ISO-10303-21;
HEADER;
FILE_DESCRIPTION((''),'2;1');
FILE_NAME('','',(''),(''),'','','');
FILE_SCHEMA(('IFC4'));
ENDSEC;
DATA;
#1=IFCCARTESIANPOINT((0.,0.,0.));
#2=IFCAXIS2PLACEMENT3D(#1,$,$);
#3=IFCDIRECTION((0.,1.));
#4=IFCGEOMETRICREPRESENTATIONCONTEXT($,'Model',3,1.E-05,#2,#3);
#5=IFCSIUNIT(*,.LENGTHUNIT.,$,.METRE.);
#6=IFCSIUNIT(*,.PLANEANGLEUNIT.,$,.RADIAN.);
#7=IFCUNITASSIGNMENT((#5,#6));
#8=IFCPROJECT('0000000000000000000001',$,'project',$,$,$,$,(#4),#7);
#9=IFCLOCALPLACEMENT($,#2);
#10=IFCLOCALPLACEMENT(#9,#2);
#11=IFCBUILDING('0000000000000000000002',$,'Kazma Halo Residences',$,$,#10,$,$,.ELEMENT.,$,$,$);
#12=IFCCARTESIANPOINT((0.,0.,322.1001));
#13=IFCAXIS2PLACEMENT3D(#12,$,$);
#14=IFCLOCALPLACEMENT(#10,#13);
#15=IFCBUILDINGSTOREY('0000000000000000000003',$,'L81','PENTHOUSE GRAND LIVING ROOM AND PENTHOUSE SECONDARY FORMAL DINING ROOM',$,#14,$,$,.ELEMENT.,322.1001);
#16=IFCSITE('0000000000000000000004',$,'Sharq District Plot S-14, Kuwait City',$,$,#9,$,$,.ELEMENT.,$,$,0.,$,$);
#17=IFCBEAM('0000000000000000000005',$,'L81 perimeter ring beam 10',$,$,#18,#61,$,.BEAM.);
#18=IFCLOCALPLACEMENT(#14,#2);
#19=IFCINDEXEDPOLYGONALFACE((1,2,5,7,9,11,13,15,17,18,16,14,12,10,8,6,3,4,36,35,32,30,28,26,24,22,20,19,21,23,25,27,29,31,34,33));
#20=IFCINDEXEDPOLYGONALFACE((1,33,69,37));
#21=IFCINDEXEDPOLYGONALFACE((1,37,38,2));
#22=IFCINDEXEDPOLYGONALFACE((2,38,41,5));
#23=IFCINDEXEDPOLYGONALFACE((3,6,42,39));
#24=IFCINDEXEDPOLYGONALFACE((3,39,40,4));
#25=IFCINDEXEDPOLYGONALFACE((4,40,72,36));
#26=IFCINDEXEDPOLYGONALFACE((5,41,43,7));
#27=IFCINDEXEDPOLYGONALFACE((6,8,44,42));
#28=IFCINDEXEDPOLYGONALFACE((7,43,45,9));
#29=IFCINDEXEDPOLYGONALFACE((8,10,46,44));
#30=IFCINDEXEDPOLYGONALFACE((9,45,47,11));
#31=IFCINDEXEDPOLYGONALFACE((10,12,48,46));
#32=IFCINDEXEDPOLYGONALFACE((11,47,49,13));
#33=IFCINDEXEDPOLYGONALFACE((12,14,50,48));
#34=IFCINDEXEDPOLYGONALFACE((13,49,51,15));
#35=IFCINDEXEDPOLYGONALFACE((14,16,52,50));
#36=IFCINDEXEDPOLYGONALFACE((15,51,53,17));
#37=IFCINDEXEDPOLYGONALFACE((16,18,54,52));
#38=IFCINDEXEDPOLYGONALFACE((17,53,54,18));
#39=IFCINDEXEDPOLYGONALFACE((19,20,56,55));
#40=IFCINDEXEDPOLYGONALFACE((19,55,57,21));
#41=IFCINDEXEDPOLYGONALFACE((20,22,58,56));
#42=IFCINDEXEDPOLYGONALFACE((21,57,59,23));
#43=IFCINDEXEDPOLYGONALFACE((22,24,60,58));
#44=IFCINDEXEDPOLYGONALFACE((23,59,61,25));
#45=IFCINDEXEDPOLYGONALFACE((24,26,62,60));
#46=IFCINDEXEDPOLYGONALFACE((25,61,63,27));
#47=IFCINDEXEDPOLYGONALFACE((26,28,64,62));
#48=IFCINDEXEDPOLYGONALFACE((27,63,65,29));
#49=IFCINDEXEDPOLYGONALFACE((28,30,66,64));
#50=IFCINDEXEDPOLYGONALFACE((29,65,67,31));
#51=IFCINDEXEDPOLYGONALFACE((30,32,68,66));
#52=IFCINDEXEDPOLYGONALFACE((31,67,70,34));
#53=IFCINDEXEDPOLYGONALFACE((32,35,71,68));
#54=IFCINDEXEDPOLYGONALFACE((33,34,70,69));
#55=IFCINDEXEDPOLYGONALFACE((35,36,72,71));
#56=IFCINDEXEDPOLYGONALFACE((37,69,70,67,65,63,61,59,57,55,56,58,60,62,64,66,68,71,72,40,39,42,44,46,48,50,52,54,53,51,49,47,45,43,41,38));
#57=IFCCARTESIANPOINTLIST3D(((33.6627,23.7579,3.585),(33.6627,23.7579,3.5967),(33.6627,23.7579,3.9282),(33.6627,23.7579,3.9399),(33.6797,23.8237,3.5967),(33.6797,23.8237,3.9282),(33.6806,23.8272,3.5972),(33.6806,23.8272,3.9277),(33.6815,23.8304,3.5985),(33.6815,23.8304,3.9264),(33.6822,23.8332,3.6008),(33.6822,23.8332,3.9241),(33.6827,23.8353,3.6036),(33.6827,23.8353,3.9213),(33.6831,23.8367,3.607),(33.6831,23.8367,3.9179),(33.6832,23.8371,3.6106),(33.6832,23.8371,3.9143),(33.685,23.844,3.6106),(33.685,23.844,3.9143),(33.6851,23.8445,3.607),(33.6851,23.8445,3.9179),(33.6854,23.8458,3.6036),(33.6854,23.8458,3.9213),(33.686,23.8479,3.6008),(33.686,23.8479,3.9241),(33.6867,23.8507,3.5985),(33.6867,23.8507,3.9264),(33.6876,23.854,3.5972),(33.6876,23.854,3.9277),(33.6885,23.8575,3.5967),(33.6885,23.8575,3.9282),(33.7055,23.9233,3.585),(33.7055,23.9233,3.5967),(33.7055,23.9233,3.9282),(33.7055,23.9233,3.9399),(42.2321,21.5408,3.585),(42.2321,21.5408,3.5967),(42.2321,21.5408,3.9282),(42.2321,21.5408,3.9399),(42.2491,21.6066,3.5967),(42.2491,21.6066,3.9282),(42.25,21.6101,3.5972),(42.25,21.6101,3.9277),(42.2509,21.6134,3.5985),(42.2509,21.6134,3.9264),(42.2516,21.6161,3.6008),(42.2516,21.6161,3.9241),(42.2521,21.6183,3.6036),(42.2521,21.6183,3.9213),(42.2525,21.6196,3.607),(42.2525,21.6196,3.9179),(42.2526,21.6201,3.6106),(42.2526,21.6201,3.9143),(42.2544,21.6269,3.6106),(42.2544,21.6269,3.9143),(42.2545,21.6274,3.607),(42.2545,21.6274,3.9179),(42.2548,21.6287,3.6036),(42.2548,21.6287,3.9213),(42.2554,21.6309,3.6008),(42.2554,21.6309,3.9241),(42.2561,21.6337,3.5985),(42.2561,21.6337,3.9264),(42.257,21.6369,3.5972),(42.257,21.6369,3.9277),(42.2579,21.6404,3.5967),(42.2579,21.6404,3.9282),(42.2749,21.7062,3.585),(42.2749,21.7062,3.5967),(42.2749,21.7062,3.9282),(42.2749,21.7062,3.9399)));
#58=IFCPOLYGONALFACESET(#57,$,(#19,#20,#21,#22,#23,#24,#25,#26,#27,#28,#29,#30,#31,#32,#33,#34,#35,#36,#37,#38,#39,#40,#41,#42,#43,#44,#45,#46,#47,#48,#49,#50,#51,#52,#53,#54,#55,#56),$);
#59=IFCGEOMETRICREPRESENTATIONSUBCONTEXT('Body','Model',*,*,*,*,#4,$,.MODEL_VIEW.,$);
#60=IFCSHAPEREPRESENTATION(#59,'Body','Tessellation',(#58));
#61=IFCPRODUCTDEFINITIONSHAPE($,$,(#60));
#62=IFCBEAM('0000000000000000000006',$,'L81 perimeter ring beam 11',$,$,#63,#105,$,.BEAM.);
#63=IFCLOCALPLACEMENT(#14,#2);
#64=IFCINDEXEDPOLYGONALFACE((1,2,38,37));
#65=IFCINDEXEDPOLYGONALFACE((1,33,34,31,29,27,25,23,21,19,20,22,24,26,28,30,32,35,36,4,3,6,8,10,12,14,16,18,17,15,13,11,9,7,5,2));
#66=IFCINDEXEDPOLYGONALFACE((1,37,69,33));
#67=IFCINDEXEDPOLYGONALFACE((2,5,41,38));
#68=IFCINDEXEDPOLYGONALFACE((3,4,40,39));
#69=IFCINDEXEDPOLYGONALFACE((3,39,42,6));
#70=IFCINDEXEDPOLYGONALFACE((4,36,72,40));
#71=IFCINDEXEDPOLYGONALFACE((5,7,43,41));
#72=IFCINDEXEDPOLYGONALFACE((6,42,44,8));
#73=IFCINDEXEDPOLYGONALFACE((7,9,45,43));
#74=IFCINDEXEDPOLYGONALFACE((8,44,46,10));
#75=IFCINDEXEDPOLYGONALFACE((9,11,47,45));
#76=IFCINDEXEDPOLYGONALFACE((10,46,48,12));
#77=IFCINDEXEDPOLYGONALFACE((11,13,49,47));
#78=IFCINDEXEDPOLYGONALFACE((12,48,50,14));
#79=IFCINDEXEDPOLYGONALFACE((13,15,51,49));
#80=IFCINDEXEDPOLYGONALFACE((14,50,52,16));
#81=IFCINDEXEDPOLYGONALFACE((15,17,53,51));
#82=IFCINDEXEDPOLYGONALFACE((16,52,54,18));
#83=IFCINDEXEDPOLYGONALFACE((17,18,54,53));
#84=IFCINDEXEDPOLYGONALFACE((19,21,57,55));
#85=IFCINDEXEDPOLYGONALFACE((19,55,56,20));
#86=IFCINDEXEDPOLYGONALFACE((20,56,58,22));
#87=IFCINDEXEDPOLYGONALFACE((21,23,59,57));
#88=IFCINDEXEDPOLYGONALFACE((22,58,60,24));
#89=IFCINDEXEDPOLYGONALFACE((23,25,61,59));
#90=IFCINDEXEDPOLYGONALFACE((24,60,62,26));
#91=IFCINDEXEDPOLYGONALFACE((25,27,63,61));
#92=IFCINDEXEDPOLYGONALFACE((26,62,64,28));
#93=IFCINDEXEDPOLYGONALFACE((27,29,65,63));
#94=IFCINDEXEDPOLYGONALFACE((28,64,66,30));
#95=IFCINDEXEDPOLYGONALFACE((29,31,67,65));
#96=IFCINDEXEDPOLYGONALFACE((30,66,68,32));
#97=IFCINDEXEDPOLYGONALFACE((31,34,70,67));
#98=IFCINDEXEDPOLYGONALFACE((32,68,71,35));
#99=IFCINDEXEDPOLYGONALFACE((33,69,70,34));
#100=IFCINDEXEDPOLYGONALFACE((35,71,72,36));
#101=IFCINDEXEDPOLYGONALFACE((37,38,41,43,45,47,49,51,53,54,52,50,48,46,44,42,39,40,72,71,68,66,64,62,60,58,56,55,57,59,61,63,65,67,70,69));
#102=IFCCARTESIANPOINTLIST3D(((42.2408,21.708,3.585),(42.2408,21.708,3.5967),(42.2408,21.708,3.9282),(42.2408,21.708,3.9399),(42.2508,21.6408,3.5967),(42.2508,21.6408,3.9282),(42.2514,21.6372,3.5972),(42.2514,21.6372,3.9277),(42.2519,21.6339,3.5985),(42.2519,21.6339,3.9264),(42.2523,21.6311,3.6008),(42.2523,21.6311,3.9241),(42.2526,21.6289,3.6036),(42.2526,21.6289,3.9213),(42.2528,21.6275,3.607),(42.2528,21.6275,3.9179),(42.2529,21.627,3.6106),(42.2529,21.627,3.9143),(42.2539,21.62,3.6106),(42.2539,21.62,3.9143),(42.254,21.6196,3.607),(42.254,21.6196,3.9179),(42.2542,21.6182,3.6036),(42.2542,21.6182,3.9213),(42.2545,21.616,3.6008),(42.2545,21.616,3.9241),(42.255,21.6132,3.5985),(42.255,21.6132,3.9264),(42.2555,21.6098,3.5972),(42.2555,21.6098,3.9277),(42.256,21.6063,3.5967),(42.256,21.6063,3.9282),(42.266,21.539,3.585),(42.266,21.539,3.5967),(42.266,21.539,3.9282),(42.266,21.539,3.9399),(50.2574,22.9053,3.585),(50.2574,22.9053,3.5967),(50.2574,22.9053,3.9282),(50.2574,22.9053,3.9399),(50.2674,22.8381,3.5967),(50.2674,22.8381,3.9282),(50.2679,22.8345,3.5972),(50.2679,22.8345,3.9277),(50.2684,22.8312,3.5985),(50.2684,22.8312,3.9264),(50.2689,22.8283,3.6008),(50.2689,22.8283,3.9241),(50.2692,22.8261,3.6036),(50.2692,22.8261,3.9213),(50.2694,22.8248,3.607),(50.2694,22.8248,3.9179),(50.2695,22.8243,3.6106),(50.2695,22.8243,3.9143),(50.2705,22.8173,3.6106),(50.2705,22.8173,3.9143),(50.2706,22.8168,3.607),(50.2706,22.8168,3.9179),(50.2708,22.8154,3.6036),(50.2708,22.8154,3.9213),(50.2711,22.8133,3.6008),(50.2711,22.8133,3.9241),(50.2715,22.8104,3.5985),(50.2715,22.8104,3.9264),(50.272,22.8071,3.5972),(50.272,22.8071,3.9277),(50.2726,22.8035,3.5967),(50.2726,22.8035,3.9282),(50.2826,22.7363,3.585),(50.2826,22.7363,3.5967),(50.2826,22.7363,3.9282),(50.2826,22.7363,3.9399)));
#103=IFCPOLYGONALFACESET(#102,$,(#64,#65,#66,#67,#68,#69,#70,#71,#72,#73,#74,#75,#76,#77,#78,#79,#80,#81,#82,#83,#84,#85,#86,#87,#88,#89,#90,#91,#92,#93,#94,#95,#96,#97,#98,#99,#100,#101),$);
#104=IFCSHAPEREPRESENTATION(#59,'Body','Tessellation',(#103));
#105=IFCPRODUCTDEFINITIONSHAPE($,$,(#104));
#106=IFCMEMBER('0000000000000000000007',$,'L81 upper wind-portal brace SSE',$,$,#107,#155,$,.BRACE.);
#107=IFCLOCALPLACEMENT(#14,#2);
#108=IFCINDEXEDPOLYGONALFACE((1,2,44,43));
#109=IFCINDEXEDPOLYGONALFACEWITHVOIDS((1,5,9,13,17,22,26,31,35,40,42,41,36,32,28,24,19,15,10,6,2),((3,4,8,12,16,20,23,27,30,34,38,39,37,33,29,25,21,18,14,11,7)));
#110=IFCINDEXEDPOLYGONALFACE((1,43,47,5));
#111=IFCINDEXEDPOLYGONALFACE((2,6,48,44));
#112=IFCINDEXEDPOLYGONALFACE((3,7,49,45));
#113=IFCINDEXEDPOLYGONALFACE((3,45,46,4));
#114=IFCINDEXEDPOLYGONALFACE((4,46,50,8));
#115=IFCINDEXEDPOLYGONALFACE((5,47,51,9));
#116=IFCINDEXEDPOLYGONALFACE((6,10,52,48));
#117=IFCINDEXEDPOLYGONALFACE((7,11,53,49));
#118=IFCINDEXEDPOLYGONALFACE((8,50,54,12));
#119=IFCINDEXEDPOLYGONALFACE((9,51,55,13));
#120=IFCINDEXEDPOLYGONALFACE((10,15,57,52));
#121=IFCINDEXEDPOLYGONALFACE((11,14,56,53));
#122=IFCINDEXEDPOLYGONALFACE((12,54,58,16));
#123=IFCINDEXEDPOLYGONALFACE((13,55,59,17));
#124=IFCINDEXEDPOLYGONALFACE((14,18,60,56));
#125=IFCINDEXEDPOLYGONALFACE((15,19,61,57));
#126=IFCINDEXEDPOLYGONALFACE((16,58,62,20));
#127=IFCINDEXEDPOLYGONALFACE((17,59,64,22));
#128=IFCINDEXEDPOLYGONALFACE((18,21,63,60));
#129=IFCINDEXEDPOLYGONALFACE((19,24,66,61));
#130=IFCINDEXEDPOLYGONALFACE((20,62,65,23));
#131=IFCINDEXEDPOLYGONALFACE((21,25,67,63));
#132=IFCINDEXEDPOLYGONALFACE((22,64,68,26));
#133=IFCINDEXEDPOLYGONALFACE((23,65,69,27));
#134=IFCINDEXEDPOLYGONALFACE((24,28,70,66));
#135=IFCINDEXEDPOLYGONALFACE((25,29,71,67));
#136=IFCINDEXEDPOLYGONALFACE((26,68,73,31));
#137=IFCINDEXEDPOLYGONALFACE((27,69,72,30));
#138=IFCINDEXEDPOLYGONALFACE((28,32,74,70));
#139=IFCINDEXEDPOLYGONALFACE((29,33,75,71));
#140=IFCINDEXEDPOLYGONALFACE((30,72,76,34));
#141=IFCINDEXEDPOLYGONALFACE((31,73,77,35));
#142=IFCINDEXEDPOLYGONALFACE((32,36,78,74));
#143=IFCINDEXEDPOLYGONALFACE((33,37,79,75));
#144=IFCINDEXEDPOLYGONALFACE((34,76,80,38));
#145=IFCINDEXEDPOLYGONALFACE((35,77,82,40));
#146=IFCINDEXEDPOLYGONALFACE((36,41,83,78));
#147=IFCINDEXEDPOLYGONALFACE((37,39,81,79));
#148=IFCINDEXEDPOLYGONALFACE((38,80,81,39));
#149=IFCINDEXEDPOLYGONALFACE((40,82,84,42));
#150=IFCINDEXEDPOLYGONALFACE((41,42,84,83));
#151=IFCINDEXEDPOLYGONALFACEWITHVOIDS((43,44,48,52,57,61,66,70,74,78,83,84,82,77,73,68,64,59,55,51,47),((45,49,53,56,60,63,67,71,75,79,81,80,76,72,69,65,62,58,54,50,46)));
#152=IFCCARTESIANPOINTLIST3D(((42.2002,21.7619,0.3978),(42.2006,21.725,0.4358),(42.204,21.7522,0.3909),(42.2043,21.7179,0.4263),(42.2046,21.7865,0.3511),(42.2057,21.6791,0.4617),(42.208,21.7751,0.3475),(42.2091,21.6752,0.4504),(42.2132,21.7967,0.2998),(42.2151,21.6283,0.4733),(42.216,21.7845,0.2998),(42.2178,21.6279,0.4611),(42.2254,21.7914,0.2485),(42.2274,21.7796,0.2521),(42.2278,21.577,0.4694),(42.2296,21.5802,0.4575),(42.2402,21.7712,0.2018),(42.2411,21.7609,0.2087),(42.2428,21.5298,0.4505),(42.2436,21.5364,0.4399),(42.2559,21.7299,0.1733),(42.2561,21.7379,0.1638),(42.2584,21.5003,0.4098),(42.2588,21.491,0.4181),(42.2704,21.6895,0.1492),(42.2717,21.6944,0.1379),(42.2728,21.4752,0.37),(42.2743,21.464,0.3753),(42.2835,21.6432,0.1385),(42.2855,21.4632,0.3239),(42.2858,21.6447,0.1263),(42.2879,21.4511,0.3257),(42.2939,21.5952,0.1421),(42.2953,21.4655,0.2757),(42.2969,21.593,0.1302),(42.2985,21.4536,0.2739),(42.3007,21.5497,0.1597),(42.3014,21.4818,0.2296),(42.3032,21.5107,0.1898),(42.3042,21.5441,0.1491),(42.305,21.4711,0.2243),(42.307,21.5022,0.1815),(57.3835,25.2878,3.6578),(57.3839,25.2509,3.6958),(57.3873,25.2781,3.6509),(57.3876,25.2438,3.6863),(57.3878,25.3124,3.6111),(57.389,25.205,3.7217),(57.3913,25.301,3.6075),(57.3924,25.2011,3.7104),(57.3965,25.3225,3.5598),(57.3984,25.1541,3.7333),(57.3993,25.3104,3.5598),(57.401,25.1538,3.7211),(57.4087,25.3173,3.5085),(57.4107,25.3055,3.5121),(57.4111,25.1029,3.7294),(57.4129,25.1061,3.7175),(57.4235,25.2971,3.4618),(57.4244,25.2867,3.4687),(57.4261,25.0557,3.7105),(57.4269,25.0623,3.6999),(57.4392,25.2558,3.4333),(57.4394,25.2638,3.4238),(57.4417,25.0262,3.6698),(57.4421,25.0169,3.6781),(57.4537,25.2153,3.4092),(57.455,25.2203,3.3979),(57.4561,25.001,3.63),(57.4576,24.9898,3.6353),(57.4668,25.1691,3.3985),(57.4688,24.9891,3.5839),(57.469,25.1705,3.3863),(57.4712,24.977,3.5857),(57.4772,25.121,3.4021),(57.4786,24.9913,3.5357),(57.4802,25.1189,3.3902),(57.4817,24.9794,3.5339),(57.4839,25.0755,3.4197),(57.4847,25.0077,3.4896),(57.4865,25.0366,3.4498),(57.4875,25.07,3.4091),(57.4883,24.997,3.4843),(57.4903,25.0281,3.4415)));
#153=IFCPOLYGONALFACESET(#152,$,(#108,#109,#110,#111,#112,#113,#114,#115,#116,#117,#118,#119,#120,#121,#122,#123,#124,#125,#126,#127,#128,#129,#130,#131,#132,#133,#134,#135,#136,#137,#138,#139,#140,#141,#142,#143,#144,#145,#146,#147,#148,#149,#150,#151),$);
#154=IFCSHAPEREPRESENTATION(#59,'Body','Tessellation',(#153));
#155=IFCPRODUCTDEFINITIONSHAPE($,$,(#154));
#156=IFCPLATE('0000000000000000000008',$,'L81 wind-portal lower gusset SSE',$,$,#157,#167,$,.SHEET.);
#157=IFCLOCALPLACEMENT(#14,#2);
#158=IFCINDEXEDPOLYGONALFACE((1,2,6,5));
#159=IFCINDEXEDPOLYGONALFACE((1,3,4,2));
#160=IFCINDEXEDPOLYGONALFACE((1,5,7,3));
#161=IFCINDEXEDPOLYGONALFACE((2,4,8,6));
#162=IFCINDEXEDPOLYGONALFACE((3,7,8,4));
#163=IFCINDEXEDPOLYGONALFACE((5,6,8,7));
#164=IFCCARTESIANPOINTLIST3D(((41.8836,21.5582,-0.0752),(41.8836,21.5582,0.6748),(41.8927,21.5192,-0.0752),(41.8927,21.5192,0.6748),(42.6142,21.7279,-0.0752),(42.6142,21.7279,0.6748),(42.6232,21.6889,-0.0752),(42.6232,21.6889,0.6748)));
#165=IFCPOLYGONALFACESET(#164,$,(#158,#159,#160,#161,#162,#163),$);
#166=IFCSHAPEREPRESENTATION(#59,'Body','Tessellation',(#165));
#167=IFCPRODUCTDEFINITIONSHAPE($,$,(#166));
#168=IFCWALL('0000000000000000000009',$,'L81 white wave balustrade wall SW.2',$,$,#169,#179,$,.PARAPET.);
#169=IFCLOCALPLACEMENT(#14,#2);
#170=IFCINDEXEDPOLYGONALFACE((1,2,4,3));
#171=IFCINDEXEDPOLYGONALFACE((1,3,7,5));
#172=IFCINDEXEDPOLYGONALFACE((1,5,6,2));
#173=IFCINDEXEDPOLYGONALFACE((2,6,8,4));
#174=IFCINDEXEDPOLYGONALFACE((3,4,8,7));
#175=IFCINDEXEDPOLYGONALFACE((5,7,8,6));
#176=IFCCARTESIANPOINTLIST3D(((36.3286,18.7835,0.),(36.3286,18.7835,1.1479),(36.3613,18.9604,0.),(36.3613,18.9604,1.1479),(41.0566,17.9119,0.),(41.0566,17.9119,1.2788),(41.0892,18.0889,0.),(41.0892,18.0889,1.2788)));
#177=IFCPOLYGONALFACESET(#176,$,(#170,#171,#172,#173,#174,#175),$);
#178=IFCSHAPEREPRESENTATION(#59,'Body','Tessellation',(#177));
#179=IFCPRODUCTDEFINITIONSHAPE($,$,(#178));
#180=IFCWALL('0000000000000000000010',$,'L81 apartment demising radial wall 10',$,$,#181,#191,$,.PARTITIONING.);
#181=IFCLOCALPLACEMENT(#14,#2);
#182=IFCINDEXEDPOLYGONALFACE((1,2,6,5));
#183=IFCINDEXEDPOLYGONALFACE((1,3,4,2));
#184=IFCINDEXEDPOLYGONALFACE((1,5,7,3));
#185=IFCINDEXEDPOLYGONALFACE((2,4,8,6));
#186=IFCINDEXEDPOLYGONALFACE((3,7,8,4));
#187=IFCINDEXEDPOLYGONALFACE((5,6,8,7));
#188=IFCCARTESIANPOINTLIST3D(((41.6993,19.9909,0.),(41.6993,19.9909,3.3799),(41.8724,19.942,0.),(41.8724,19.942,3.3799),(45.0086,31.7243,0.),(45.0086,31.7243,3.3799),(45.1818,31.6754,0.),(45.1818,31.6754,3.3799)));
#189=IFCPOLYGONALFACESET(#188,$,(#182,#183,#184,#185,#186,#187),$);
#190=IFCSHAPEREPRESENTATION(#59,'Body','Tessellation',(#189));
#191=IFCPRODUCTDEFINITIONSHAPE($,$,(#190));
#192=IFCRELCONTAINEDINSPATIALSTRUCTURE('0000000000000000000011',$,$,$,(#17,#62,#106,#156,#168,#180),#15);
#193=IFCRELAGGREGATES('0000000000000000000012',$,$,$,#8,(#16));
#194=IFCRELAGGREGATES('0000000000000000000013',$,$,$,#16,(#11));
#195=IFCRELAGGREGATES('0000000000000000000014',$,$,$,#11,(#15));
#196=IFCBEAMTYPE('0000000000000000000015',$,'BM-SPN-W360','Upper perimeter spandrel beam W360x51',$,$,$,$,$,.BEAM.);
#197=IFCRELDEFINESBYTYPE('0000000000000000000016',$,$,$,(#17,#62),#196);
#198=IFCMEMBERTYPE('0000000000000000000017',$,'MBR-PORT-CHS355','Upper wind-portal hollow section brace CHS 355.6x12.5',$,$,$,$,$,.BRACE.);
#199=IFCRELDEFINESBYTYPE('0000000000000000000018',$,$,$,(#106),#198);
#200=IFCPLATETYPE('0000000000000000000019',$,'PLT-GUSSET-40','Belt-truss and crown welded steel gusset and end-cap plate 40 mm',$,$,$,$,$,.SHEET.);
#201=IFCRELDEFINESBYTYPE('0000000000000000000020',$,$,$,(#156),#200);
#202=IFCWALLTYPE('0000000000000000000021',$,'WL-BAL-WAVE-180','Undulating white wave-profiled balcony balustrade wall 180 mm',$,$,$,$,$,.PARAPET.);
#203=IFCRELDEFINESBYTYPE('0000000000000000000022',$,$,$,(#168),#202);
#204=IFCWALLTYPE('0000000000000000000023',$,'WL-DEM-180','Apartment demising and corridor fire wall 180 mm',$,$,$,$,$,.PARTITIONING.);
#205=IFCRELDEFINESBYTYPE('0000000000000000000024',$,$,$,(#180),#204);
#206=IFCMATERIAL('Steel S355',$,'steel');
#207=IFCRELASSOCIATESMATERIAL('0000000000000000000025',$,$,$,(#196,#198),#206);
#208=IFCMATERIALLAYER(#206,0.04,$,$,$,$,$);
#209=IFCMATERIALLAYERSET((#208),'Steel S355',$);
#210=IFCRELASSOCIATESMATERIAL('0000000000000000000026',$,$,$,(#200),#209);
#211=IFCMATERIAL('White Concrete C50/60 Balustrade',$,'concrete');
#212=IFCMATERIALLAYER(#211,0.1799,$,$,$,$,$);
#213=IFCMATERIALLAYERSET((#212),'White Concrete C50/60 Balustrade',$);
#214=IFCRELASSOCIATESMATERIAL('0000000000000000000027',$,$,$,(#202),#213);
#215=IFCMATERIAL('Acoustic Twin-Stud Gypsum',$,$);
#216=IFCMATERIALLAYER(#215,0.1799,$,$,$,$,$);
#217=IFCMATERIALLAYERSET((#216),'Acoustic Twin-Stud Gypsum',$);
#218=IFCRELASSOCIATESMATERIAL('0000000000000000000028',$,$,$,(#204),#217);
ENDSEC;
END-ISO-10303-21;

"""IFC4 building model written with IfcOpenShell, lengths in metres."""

from ifc_helpers import new_model, si_unit, direction, frame, frame_2d, origin, origin_2d, place, context, subcontext, project, spatial, polyline, rectangle, hollow_circle, i_section, outline, extrude, material, layer, layer_set, material_profile, profile_set, type_object, element, save


model = new_model("IFC4")

# Units and contexts
model_context = context("Model", 3, precision=1e-05, world=origin(), true_north=direction((0.0, 1.0)))
body_context = subcontext(model_context, "Body", "Model", "MODEL_VIEW")
ifc_project = project(units=[si_unit("LENGTHUNIT", "METRE"), si_unit("PLANEANGLEUNIT", "RADIAN")], contexts=[model_context])

# Site, building, storey
site_placement = place(None, origin())
site = spatial("IfcSite", under=ifc_project, at=site_placement, Name="Sharq District Plot S-14, Kuwait City", CompositionType="ELEMENT", RefElevation=0.0)
building_placement = place(site_placement, origin())
building = spatial("IfcBuilding", under=site, at=building_placement, Name="Kazma Halo Residences", CompositionType="ELEMENT")
storey_placement = place(building_placement, frame((0.0, 0.0, 322.1001)))
storey = spatial("IfcBuildingStorey", under=building, at=storey_placement, Name="L81", Description="PENTHOUSE GRAND LIVING ROOM AND PENTHOUSE SECONDARY FORMAL DINING ROOM", CompositionType="ELEMENT", Elevation=322.1001)

# Beams
ifc_material_1 = material(Name="Steel S355", Category="steel")
ifc_material_profile_1 = material_profile(ifc_material_1, i_section(OverallWidth=0.1709, OverallDepth=0.355, WebThickness=0.0071, FlangeThickness=0.0117, FilletRadius=0.0139, at=origin_2d()), Name="W360x51")
ifc_profile_set_1 = profile_set([ifc_material_profile_1], Name="Steel S355")
beam_type_1 = type_object("IfcBeamType", Name="BM-SPN-W360", Description="Upper perimeter spandrel beam W360x51", PredefinedType="BEAM", material=ifc_profile_set_1)
beam_1_placement = place(storey_placement, frame((33.6841, 23.8406, 3.7625), z_axis=(0.968124, -0.250471, 0.0), x_axis=(0.250471, 0.968124, 0.0)))
element("IfcBeam", 1, at=beam_1_placement, inside=storey, type_object=beam_type_1, Name="L81 perimeter ring beam 10", PredefinedType="BEAM", context=body_context, shape_type="SweptSolid", body=[
    extrude(i_section(OverallWidth=0.1709, OverallDepth=0.355, WebThickness=0.0071, FlangeThickness=0.0117, FilletRadius=0.0139, at=origin_2d()), origin(), (0.0, 0.0, 1.0), 8.8516),
])
beam_2_placement = place(storey_placement, frame((42.2534, 21.6235, 3.7625), z_axis=(0.989031, 0.14771, 0.0), x_axis=(-0.14771, 0.989031, 0.0)))
element("IfcBeam", 2, at=beam_2_placement, inside=storey, type_object=beam_type_1, Name="L81 perimeter ring beam 11", PredefinedType="BEAM", context=body_context, shape_type="SweptSolid", body=[
    extrude(i_section(OverallWidth=0.1709, OverallDepth=0.355, WebThickness=0.0071, FlangeThickness=0.0117, FilletRadius=0.0139, at=origin_2d()), origin(), (0.0, 0.0, 1.0), 8.1055),
])

# Member
ifc_material_profile_2 = material_profile(ifc_material_1, hollow_circle(Radius=0.1777, WallThickness=0.0125, at=origin_2d()), Name="CHS355.6x12.5")
ifc_profile_set_2 = profile_set([ifc_material_profile_2], Name="Steel S355")
member_type = type_object("IfcMemberType", Name="MBR-PORT-CHS355", Description="Upper wind-portal hollow section brace CHS 355.6x12.5", PredefinedType="BRACE", material=ifc_profile_set_2)
member_placement = place(storey_placement, frame((42.2534, 21.6235, 0.2998), z_axis=(0.953451, 0.221411, 0.204715), x_axis=(-0.226201, 0.974081, 0.0)))
element("IfcMember", 3, at=member_placement, inside=storey, type_object=member_type, Name="L81 upper wind-portal brace SSE", PredefinedType="BRACE", context=body_context, shape_type="SweptSolid", body=[
    extrude(hollow_circle(Radius=0.1777, WallThickness=0.0125, at=origin_2d()), origin(), (0.0, 0.0, 1.0), 15.9246),
])

# Plate
ifc_layer_1 = layer(ifc_material_1, 0.04)
ifc_layer_set_1 = layer_set([ifc_layer_1], Name="Steel S355")
plate_type = type_object("IfcPlateType", Name="PLT-GUSSET-40", Description="Belt-truss and crown welded steel gusset and end-cap plate 40 mm", PredefinedType="SHEET", material=ifc_layer_set_1)
plate_placement = place(storey_placement, frame((42.2534, 21.6235, -0.0752), z_axis=(0.0, 0.0, 1.0), x_axis=(0.974084, 0.226188, 0.0)))
element("IfcPlate", 4, at=plate_placement, inside=storey, type_object=plate_type, Name="L81 wind-portal lower gusset SSE", PredefinedType="SHEET", context=body_context, shape_type="SweptSolid", body=[
    extrude(rectangle(XDim=0.75, YDim=0.04, at=origin_2d()), origin(), (0.0, 0.0, 1.0), 0.75),
])

# Walls
ifc_material_2 = material(Name="White Concrete C50/60 Balustrade", Category="concrete")
ifc_layer_2 = layer(ifc_material_2, 0.1799)
ifc_layer_set_2 = layer_set([ifc_layer_2], Name="White Concrete C50/60 Balustrade")
wall_type_1 = type_object("IfcWallType", Name="WL-BAL-WAVE-180", Description="Undulating white wave-profiled balcony balustrade wall 180 mm", PredefinedType="PARAPET", material=ifc_layer_set_2)
wall_1_placement = place(storey_placement, frame((36.345, 18.8721, 0.0), z_axis=(0.0, 0.0, 1.0), x_axis=(0.98343, -0.181289, 0.0)))
element("IfcWall", 5, at=wall_1_placement, inside=storey, type_object=wall_type_1, Name="L81 white wave balustrade wall SW.2", PredefinedType="PARAPET", context=body_context, shape_type="SweptSolid", body=[
    extrude(outline(polyline([(0.0, 0.0), (4.8076, 0.0), (4.8076, 1.2788), (0.0, 1.1479), (0.0, 0.0)])), frame((0.0, 0.0898, 0.0), z_axis=(0.0, -1.0, 0.0), x_axis=(1.0, 0.0, 0.0)), (0.0, 0.0, 1.0), 0.1799),
])
ifc_material_3 = material(Name="Acoustic Twin-Stud Gypsum")
ifc_layer_3 = layer(ifc_material_3, 0.1799)
ifc_layer_set_3 = layer_set([ifc_layer_3], Name="Acoustic Twin-Stud Gypsum")
wall_type_2 = type_object("IfcWallType", Name="WL-DEM-180", Description="Apartment demising and corridor fire wall 180 mm", PredefinedType="PARTITIONING", material=ifc_layer_set_3)
wall_2_placement = place(storey_placement, frame((45.0952, 31.7, 0.0), z_axis=(0.0, 0.0, 1.0), x_axis=(-0.271453, -0.962452, 0.0)))
element("IfcWall", 6, at=wall_2_placement, inside=storey, type_object=wall_type_2, Name="L81 apartment demising radial wall 10", PredefinedType="PARTITIONING", context=body_context, shape_type="SweptSolid", body=[
    extrude(rectangle(XDim=12.1912, YDim=0.1799, at=frame_2d((6.0957, 0.0))), origin(), (0.0, 0.0, 1.0), 3.3799),
])

save(model, "model.ifc")
